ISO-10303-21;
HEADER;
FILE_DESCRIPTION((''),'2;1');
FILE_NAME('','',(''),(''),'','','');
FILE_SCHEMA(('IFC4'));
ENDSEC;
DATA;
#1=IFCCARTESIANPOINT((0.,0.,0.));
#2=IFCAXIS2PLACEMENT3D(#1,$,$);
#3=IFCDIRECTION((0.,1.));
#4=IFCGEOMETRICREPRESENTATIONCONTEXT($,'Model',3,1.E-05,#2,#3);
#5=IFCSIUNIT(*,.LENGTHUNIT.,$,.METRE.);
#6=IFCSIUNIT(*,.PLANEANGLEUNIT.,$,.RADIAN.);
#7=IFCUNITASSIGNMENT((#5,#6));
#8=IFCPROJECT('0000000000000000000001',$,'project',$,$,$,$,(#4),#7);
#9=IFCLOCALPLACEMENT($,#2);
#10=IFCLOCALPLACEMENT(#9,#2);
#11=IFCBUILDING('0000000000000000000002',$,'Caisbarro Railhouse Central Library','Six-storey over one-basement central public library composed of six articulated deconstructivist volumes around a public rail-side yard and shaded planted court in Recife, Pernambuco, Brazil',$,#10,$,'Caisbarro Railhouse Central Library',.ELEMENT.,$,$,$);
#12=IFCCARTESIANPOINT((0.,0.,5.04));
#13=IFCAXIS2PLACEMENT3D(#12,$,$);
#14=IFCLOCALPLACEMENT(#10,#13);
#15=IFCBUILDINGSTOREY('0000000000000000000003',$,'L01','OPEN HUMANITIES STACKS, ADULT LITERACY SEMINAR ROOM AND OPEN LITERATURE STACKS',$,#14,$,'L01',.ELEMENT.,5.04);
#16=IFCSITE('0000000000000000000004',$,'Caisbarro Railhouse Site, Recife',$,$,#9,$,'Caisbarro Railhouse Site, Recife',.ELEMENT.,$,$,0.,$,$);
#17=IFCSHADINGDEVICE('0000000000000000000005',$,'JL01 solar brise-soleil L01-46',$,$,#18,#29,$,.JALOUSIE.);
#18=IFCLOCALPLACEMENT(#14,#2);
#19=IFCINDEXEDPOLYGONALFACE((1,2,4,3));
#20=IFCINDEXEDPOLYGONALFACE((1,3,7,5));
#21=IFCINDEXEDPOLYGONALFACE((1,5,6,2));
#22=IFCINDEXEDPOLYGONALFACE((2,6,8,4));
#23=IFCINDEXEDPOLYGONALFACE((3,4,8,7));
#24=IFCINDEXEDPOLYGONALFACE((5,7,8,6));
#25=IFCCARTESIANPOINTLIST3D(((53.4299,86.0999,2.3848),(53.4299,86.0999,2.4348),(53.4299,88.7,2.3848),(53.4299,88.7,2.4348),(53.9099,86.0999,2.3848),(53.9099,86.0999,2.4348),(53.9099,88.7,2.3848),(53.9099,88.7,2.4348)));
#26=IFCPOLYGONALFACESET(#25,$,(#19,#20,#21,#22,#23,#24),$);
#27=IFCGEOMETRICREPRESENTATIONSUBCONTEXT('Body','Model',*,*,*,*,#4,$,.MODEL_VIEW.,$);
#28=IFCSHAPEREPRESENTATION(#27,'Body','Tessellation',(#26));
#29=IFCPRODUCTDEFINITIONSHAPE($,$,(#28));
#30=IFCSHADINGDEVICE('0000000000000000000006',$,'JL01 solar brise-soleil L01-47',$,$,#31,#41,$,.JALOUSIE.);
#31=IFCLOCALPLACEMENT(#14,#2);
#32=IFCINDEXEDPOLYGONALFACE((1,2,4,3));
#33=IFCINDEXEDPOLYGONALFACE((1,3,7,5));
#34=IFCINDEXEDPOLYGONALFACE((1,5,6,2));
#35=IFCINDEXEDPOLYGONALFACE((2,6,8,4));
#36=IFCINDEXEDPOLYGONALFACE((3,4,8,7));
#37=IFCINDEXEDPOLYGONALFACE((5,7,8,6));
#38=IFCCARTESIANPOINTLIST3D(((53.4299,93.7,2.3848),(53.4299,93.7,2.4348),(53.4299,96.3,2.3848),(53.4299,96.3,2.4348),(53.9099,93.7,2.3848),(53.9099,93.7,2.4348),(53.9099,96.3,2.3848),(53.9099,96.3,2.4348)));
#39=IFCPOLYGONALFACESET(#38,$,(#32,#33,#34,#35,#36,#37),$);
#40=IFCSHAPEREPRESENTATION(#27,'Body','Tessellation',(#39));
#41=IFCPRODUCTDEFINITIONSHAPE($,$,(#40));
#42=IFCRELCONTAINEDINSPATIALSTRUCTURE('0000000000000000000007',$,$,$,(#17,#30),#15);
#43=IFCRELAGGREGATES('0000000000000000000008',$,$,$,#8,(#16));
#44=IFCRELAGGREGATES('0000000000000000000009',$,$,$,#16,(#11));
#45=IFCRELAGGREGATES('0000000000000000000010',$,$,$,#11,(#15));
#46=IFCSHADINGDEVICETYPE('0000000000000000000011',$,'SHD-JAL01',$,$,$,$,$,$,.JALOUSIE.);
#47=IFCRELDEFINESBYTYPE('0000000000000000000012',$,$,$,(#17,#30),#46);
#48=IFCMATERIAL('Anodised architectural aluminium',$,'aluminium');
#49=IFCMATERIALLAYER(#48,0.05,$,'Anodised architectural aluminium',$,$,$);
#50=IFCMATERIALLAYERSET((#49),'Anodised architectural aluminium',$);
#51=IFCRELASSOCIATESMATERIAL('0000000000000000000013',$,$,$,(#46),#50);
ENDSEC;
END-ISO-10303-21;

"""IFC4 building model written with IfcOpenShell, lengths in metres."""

from ifc_helpers import new_model, si_unit, direction, frame, origin, origin_2d, place, context, subcontext, project, spatial, rectangle, extrude, material, layer, layer_set, type_object, element, save


model = new_model("IFC4")

# Units and contexts
model_context = context("Model", 3, precision=1e-05, world=origin(), true_north=direction((0.0, 1.0)))
body_context = subcontext(model_context, "Body", "Model", "MODEL_VIEW")
ifc_project = project(units=[si_unit("LENGTHUNIT", "METRE"), si_unit("PLANEANGLEUNIT", "RADIAN")], contexts=[model_context])

# Site, building, storey
site_placement = place(None, origin())
site = spatial("IfcSite", under=ifc_project, at=site_placement, Name="Caisbarro Railhouse Site, Recife", LongName="Caisbarro Railhouse Site, Recife", CompositionType="ELEMENT", RefElevation=0.0)
building_placement = place(site_placement, origin())
building = spatial("IfcBuilding", under=site, at=building_placement, Name="Caisbarro Railhouse Central Library", Description="Six-storey over one-basement central public library composed of six articulated deconstructivist volumes around a public rail-side yard and shaded planted court in Recife, Pernambuco, Brazil", LongName="Caisbarro Railhouse Central Library", CompositionType="ELEMENT")
storey_placement = place(building_placement, frame((0.0, 0.0, 5.04)))
storey = spatial("IfcBuildingStorey", under=building, at=storey_placement, Name="L01", Description="OPEN HUMANITIES STACKS, ADULT LITERACY SEMINAR ROOM AND OPEN LITERATURE STACKS", LongName="L01", CompositionType="ELEMENT", Elevation=5.04)

# Shading devices
ifc_material_1 = material(Name="Anodised architectural aluminium", Category="aluminium")
ifc_layer_1 = layer(ifc_material_1, 0.05, Name="Anodised architectural aluminium")
ifc_layer_set_1 = layer_set([ifc_layer_1], Name="Anodised architectural aluminium")
shading_device_type = type_object("IfcShadingDeviceType", Name="SHD-JAL01", PredefinedType="JALOUSIE", material=ifc_layer_set_1)
for number, where, z_axis, x_axis, name in (
    (1, (53.6699, 87.3999, 2.3848), (0.0, 0.0, 1.0), (0.0, 1.0, 0.0), "JL01 solar brise-soleil L01-46"),
    (2, (53.6699, 95.0, 2.3848), (0.0, 0.0, 1.0), (0.0, 1.0, 0.0), "JL01 solar brise-soleil L01-47"),
):
    element("IfcShadingDevice", number, at=place(storey_placement, frame(where, z_axis=z_axis, x_axis=x_axis)), inside=storey, type_object=shading_device_type, Name=name, PredefinedType="JALOUSIE", context=body_context, shape_type="SweptSolid", body=[
        extrude(rectangle(XDim=2.6001, YDim=0.48, at=origin_2d()), origin(), (0.0, 0.0, 1.0), 0.05),
    ])

save(model, "model.ifc")
